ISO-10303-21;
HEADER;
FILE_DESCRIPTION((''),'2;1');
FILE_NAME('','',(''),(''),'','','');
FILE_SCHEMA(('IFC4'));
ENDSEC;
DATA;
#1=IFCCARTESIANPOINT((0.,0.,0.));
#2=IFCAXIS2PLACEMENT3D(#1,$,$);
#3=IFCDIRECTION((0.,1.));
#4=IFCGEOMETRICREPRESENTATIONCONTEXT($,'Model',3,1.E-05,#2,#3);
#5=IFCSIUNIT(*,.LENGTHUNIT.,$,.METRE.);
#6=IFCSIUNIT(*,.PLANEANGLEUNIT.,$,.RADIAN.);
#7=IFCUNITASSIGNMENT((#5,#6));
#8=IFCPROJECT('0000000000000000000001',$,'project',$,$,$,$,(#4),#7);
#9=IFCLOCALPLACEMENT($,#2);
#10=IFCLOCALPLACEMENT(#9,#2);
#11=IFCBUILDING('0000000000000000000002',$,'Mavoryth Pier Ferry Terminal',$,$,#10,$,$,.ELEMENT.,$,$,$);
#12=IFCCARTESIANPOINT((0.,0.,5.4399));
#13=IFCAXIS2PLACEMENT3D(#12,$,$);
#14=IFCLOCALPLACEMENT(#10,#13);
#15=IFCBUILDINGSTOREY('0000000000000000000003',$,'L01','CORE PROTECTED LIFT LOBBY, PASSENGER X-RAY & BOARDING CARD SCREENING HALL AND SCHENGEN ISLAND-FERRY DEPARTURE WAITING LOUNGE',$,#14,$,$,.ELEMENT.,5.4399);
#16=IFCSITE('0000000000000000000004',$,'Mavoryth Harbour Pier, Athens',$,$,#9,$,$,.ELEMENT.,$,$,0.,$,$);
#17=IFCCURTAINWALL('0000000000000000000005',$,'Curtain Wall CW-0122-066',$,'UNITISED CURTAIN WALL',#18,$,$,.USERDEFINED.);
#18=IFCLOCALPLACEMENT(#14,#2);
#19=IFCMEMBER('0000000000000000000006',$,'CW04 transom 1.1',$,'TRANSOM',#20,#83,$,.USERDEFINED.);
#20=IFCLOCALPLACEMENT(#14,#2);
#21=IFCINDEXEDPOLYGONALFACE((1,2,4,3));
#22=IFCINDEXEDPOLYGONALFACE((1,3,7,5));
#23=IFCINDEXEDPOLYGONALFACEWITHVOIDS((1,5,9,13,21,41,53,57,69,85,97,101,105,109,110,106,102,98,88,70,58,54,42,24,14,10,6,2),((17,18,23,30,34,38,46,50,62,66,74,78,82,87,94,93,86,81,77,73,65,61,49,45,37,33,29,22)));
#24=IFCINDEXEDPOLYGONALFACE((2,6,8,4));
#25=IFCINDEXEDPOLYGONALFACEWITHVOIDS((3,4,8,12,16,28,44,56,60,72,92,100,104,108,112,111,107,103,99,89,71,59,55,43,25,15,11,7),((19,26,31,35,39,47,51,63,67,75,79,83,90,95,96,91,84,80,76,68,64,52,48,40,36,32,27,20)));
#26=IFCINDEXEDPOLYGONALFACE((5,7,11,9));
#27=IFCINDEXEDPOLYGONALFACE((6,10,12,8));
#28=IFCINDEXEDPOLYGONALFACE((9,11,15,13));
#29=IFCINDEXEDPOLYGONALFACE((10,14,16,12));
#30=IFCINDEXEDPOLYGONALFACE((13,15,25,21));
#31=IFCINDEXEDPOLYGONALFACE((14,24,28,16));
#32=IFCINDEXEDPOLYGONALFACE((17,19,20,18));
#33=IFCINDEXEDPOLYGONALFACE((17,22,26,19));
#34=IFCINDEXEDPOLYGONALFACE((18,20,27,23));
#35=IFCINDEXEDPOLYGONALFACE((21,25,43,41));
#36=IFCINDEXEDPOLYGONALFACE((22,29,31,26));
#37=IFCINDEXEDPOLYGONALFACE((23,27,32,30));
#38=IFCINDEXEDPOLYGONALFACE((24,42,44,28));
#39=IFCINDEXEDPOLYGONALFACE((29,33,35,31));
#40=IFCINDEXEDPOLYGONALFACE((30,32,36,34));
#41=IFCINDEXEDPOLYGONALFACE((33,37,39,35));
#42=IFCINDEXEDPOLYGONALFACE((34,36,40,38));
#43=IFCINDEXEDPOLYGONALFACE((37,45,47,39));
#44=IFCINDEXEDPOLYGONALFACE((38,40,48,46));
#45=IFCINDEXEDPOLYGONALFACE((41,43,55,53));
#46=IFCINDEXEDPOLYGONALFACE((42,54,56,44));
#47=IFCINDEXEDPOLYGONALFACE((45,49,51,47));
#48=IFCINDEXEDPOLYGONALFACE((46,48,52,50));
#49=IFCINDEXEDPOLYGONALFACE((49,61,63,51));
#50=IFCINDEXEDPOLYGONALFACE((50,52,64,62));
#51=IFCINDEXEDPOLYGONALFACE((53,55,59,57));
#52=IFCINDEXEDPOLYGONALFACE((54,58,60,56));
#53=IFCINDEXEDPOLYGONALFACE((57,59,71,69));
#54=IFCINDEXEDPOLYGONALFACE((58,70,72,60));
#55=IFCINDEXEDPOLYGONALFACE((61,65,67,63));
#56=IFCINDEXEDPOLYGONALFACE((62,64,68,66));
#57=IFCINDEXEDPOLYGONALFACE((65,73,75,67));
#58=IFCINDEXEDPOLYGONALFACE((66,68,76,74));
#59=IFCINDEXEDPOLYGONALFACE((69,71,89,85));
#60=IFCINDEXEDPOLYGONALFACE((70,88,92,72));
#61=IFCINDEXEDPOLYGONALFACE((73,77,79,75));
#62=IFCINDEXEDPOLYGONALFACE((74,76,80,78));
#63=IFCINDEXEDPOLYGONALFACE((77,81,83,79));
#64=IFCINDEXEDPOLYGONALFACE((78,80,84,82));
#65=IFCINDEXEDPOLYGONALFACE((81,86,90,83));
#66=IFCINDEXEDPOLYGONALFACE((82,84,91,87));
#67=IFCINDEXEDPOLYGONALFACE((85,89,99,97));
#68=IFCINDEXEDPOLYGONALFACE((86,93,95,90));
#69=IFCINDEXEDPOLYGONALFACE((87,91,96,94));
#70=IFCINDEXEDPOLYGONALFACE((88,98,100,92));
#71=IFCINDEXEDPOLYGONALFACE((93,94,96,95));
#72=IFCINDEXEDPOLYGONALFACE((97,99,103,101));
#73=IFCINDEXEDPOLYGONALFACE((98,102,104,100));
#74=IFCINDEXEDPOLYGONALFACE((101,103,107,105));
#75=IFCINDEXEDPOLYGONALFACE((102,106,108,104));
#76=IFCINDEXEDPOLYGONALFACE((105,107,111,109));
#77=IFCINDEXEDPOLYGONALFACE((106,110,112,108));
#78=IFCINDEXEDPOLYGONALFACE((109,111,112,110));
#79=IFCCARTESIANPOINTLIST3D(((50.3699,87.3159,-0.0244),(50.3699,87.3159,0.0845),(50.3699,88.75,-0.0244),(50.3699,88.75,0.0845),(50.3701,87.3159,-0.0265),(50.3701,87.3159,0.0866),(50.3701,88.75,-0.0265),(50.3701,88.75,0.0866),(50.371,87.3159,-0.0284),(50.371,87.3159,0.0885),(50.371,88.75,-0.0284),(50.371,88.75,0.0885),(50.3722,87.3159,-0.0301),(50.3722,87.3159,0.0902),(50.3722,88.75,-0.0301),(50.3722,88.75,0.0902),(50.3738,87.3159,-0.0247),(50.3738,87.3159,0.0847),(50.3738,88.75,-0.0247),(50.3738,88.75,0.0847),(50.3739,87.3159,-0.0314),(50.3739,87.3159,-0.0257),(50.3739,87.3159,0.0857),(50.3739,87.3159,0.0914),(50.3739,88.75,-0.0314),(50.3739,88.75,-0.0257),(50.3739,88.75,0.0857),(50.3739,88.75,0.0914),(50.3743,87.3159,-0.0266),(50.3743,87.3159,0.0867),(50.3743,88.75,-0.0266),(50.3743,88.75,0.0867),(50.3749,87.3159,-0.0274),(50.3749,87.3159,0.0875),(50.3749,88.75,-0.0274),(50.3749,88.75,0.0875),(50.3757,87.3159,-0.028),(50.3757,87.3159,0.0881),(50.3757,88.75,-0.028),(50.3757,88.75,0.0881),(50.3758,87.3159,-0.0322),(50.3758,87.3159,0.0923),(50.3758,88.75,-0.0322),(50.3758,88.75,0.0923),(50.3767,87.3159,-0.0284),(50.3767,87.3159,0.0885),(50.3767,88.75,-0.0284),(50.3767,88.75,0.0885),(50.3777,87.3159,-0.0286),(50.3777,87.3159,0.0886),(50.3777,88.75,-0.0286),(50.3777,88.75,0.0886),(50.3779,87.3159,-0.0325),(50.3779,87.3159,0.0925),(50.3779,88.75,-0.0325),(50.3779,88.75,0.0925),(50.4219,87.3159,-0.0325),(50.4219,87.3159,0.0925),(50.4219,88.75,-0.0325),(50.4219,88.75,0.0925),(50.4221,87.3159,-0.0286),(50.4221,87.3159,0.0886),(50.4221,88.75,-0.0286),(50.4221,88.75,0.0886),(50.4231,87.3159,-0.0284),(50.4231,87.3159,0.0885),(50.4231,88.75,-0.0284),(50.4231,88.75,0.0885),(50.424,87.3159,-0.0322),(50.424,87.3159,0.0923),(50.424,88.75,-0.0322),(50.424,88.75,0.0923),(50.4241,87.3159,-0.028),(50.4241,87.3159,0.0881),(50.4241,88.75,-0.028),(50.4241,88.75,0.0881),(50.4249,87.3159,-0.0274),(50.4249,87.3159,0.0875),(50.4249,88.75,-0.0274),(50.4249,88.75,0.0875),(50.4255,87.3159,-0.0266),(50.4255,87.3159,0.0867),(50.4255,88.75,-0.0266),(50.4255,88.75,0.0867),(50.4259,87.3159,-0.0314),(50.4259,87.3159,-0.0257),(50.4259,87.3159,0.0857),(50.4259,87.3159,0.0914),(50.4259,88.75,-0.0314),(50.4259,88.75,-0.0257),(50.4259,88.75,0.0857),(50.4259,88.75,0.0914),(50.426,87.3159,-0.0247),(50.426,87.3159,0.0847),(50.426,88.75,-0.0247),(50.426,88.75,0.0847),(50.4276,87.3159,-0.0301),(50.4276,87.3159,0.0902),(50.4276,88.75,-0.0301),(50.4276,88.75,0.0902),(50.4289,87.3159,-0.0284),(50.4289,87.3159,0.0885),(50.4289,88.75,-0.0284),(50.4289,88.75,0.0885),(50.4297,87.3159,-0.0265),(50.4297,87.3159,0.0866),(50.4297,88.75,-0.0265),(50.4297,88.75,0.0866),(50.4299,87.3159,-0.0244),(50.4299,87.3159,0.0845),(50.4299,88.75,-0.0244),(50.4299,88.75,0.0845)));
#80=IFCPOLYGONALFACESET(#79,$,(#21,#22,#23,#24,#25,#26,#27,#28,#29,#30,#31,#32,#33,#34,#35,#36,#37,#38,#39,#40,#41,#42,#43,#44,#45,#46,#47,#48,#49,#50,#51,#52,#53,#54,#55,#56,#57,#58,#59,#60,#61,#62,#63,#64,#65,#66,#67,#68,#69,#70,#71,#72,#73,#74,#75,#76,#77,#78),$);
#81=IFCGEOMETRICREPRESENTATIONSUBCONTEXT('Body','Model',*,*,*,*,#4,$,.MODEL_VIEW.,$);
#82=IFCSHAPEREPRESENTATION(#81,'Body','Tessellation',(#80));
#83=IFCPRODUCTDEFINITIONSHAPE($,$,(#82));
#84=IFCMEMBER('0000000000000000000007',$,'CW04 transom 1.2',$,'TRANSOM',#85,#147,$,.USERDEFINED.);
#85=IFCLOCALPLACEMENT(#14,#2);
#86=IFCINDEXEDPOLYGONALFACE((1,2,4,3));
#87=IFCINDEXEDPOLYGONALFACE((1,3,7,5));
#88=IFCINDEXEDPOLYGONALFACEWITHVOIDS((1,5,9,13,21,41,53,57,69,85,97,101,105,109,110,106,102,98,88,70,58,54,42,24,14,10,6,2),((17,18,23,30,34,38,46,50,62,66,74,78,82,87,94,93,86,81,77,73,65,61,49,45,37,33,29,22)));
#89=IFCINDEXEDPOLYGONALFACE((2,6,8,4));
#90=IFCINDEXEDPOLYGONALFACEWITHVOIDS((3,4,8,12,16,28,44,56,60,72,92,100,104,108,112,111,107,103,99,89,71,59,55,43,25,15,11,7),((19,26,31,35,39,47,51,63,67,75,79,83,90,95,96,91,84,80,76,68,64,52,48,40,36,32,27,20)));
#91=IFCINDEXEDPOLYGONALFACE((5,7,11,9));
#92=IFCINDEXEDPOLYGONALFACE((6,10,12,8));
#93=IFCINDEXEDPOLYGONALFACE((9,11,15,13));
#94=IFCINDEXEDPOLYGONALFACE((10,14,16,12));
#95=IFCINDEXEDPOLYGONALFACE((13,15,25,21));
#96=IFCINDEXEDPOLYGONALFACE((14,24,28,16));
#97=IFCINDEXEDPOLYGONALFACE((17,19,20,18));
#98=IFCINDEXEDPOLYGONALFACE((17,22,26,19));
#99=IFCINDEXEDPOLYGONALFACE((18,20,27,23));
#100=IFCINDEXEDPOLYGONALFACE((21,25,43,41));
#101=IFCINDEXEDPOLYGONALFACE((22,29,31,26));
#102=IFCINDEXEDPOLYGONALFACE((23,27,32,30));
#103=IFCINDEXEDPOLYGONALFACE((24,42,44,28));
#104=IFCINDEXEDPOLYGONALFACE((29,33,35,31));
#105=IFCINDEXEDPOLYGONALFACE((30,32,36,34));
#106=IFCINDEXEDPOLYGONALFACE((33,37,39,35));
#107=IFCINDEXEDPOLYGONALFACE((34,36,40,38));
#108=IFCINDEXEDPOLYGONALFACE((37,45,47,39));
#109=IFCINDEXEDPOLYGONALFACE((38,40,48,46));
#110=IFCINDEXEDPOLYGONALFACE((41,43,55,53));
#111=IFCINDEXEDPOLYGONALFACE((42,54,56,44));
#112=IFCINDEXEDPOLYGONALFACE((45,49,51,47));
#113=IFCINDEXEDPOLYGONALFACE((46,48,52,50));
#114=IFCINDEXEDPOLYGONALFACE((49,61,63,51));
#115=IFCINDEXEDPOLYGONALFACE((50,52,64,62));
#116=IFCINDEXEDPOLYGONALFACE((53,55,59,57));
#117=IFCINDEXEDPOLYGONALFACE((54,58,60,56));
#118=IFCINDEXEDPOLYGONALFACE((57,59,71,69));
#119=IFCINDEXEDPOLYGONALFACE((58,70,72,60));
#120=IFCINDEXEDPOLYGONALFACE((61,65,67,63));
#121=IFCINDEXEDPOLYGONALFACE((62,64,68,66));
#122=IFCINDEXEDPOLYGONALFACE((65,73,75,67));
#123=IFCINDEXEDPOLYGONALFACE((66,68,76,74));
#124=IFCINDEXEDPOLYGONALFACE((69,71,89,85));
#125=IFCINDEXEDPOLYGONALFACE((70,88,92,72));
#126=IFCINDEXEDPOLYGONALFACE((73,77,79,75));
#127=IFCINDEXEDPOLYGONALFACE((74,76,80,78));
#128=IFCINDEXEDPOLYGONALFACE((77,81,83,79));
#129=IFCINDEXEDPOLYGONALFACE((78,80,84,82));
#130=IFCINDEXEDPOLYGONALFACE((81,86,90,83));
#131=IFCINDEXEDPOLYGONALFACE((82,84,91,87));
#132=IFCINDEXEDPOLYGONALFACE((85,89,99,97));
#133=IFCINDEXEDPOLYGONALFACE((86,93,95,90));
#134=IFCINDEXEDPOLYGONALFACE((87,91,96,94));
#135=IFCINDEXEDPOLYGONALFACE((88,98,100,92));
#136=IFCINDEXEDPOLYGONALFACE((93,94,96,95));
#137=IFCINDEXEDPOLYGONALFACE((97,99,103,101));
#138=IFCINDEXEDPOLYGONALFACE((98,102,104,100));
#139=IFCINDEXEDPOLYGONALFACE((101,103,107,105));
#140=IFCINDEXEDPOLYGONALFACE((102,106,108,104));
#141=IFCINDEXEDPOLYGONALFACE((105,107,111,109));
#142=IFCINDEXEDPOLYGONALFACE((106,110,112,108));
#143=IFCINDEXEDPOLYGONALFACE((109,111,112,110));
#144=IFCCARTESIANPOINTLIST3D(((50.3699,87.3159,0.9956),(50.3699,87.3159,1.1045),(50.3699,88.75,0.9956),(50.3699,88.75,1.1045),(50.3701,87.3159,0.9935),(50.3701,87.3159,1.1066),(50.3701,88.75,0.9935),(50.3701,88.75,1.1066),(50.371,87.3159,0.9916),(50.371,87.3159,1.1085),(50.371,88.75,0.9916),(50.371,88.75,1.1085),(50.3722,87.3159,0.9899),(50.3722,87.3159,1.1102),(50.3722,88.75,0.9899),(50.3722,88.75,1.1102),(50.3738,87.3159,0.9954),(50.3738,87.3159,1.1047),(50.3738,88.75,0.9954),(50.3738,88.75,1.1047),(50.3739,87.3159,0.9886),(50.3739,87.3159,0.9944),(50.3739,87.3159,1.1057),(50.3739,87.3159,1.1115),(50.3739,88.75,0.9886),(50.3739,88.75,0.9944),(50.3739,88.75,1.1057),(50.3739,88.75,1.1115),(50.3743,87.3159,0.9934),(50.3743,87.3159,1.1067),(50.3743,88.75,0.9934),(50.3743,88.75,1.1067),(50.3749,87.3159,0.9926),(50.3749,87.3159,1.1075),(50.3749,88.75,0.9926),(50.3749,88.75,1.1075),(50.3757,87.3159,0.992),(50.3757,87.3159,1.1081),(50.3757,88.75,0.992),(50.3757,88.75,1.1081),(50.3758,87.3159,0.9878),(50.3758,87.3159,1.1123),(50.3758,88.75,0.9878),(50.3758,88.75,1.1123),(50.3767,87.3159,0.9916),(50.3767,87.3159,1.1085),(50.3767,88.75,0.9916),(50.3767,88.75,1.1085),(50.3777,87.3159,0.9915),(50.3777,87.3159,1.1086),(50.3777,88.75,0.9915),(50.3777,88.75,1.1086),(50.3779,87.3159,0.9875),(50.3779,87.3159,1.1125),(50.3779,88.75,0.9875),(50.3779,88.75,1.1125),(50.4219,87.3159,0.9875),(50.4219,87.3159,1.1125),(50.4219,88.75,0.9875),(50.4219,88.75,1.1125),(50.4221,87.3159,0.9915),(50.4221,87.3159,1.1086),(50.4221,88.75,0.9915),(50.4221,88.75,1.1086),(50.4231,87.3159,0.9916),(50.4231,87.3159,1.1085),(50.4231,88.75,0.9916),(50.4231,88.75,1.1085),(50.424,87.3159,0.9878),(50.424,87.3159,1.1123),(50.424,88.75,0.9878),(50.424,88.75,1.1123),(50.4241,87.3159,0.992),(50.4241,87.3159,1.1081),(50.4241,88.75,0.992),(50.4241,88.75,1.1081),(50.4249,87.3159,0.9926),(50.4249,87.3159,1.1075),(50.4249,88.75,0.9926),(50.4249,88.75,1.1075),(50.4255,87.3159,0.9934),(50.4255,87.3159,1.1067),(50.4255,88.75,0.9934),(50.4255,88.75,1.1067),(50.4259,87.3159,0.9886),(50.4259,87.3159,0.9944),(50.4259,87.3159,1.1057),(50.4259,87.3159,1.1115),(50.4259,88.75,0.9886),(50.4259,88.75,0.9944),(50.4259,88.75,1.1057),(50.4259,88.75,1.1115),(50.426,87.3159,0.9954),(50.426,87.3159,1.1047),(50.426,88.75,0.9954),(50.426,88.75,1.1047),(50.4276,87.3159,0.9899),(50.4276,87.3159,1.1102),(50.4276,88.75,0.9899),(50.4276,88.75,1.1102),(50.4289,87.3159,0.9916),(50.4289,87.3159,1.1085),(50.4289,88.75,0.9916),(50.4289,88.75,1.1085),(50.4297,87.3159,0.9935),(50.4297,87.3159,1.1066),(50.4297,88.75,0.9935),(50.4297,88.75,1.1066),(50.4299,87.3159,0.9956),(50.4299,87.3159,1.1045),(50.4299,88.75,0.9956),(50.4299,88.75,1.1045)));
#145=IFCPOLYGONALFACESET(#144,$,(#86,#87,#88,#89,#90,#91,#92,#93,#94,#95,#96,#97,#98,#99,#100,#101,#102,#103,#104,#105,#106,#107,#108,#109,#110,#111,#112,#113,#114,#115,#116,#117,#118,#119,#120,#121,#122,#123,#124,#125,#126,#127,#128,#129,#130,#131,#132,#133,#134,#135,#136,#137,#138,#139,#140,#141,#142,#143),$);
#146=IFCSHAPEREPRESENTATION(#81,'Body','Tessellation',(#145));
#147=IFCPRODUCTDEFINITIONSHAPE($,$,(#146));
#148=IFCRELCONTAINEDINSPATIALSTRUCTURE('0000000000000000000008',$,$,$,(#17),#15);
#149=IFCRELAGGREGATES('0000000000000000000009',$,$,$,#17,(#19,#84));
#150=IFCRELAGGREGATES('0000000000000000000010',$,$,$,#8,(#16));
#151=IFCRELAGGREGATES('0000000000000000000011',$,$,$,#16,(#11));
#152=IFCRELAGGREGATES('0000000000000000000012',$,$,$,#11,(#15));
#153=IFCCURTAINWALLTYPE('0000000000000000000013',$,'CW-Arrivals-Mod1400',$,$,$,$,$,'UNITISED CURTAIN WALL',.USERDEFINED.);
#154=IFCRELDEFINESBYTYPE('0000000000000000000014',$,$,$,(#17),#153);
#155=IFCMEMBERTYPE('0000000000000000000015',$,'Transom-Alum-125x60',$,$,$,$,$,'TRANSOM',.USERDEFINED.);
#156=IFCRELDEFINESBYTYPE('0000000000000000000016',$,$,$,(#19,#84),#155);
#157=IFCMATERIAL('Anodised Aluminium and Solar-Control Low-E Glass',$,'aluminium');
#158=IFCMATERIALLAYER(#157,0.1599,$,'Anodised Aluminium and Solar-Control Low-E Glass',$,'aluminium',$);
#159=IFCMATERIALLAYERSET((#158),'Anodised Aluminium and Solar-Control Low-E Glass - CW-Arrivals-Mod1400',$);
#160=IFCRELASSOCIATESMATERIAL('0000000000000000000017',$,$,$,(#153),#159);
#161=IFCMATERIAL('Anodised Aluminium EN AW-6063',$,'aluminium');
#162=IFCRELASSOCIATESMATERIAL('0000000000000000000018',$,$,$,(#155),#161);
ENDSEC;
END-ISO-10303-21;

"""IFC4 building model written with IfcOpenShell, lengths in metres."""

from ifc_helpers import new_model, si_unit, direction, frame, origin, origin_2d, place, context, subcontext, project, spatial, hollow_rectangle, extrude, material, layer, layer_set, material_profile, profile_set, type_object, element, aggregate, save


model = new_model("IFC4")

# Units and contexts
model_context = context("Model", 3, precision=1e-05, world=origin(), true_north=direction((0.0, 1.0)))
body_context = subcontext(model_context, "Body", "Model", "MODEL_VIEW")
ifc_project = project(units=[si_unit("LENGTHUNIT", "METRE"), si_unit("PLANEANGLEUNIT", "RADIAN")], contexts=[model_context])

# Site, building, storey
site_placement = place(None, origin())
site = spatial("IfcSite", under=ifc_project, at=site_placement, Name="Mavoryth Harbour Pier, Athens", CompositionType="ELEMENT", RefElevation=0.0)
building_placement = place(site_placement, origin())
building = spatial("IfcBuilding", under=site, at=building_placement, Name="Mavoryth Pier Ferry Terminal", CompositionType="ELEMENT")
storey_placement = place(building_placement, frame((0.0, 0.0, 5.4399)))
storey = spatial("IfcBuildingStorey", under=building, at=storey_placement, Name="L01", Description="CORE PROTECTED LIFT LOBBY, PASSENGER X-RAY & BOARDING CARD SCREENING HALL AND SCHENGEN ISLAND-FERRY DEPARTURE WAITING LOUNGE", CompositionType="ELEMENT", Elevation=5.4399)

# Curtain wall
ifc_material_1 = material(Name="Anodised Aluminium and Solar-Control Low-E Glass", Category="aluminium")
ifc_layer_1 = layer(ifc_material_1, 0.1599, Name="Anodised Aluminium and Solar-Control Low-E Glass", Category="aluminium")
ifc_layer_set_1 = layer_set([ifc_layer_1], Name="Anodised Aluminium and Solar-Control Low-E Glass - CW-Arrivals-Mod1400")
curtain_wall_type = type_object("IfcCurtainWallType", Name="CW-Arrivals-Mod1400", ElementType="UNITISED CURTAIN WALL", PredefinedType="USERDEFINED", material=ifc_layer_set_1)
curtain_wall_placement = place(storey_placement, origin())
curtain_wall = element("IfcCurtainWall", 1, at=curtain_wall_placement, inside=storey, type_object=curtain_wall_type, Name="Curtain Wall CW-0122-066", ObjectType="UNITISED CURTAIN WALL", PredefinedType="USERDEFINED")
ifc_material_2 = material(Name="Anodised Aluminium EN AW-6063", Category="aluminium")

# Members
ifc_material_profile_1 = material_profile(ifc_material_2, hollow_rectangle(XDim=0.0601, YDim=0.125, WallThickness=0.0039, InnerFilletRadius=0.0039, OuterFilletRadius=0.0081, at=origin_2d()), Name="AL-TRAN 125x60x4", Category="aluminium")
ifc_profile_set_1 = profile_set([ifc_material_profile_1], Name="Anodised Aluminium EN AW-6063 - AL-TRAN 125x60x4")
member_type_1 = type_object("IfcMemberType", Name="Transom-Alum-125x60", ElementType="TRANSOM", PredefinedType="USERDEFINED", material=ifc_profile_set_1)
member_1_placement = place(storey_placement, frame((50.3999, 88.75, 0.03), z_axis=(0.0, -1.0, 0.0), x_axis=(1.0, 0.0, 0.0)))
member_1 = element("IfcMember", 2, at=member_1_placement, type_object=member_type_1, Name="CW04 transom 1.1", ObjectType="TRANSOM", PredefinedType="USERDEFINED", context=body_context, shape_type="SweptSolid", body=[
    extrude(hollow_rectangle(XDim=0.0601, YDim=0.125, WallThickness=0.0039, InnerFilletRadius=0.0039, OuterFilletRadius=0.0081, at=origin_2d()), origin(), (0.0, 0.0, 1.0), 1.4341),
])
member_2_placement = place(storey_placement, frame((50.3999, 88.75, 1.05), z_axis=(0.0, -1.0, 0.0), x_axis=(1.0, 0.0, 0.0)))
member_2 = element("IfcMember", 3, at=member_2_placement, type_object=member_type_1, Name="CW04 transom 1.2", ObjectType="TRANSOM", PredefinedType="USERDEFINED", context=body_context, shape_type="SweptSolid", body=[
    extrude(hollow_rectangle(XDim=0.0601, YDim=0.125, WallThickness=0.0039, InnerFilletRadius=0.0039, OuterFilletRadius=0.0081, at=origin_2d()), origin(), (0.0, 0.0, 1.0), 1.4341),
])

aggregate(curtain_wall, [member_1, member_2])

save(model, "model.ifc")
